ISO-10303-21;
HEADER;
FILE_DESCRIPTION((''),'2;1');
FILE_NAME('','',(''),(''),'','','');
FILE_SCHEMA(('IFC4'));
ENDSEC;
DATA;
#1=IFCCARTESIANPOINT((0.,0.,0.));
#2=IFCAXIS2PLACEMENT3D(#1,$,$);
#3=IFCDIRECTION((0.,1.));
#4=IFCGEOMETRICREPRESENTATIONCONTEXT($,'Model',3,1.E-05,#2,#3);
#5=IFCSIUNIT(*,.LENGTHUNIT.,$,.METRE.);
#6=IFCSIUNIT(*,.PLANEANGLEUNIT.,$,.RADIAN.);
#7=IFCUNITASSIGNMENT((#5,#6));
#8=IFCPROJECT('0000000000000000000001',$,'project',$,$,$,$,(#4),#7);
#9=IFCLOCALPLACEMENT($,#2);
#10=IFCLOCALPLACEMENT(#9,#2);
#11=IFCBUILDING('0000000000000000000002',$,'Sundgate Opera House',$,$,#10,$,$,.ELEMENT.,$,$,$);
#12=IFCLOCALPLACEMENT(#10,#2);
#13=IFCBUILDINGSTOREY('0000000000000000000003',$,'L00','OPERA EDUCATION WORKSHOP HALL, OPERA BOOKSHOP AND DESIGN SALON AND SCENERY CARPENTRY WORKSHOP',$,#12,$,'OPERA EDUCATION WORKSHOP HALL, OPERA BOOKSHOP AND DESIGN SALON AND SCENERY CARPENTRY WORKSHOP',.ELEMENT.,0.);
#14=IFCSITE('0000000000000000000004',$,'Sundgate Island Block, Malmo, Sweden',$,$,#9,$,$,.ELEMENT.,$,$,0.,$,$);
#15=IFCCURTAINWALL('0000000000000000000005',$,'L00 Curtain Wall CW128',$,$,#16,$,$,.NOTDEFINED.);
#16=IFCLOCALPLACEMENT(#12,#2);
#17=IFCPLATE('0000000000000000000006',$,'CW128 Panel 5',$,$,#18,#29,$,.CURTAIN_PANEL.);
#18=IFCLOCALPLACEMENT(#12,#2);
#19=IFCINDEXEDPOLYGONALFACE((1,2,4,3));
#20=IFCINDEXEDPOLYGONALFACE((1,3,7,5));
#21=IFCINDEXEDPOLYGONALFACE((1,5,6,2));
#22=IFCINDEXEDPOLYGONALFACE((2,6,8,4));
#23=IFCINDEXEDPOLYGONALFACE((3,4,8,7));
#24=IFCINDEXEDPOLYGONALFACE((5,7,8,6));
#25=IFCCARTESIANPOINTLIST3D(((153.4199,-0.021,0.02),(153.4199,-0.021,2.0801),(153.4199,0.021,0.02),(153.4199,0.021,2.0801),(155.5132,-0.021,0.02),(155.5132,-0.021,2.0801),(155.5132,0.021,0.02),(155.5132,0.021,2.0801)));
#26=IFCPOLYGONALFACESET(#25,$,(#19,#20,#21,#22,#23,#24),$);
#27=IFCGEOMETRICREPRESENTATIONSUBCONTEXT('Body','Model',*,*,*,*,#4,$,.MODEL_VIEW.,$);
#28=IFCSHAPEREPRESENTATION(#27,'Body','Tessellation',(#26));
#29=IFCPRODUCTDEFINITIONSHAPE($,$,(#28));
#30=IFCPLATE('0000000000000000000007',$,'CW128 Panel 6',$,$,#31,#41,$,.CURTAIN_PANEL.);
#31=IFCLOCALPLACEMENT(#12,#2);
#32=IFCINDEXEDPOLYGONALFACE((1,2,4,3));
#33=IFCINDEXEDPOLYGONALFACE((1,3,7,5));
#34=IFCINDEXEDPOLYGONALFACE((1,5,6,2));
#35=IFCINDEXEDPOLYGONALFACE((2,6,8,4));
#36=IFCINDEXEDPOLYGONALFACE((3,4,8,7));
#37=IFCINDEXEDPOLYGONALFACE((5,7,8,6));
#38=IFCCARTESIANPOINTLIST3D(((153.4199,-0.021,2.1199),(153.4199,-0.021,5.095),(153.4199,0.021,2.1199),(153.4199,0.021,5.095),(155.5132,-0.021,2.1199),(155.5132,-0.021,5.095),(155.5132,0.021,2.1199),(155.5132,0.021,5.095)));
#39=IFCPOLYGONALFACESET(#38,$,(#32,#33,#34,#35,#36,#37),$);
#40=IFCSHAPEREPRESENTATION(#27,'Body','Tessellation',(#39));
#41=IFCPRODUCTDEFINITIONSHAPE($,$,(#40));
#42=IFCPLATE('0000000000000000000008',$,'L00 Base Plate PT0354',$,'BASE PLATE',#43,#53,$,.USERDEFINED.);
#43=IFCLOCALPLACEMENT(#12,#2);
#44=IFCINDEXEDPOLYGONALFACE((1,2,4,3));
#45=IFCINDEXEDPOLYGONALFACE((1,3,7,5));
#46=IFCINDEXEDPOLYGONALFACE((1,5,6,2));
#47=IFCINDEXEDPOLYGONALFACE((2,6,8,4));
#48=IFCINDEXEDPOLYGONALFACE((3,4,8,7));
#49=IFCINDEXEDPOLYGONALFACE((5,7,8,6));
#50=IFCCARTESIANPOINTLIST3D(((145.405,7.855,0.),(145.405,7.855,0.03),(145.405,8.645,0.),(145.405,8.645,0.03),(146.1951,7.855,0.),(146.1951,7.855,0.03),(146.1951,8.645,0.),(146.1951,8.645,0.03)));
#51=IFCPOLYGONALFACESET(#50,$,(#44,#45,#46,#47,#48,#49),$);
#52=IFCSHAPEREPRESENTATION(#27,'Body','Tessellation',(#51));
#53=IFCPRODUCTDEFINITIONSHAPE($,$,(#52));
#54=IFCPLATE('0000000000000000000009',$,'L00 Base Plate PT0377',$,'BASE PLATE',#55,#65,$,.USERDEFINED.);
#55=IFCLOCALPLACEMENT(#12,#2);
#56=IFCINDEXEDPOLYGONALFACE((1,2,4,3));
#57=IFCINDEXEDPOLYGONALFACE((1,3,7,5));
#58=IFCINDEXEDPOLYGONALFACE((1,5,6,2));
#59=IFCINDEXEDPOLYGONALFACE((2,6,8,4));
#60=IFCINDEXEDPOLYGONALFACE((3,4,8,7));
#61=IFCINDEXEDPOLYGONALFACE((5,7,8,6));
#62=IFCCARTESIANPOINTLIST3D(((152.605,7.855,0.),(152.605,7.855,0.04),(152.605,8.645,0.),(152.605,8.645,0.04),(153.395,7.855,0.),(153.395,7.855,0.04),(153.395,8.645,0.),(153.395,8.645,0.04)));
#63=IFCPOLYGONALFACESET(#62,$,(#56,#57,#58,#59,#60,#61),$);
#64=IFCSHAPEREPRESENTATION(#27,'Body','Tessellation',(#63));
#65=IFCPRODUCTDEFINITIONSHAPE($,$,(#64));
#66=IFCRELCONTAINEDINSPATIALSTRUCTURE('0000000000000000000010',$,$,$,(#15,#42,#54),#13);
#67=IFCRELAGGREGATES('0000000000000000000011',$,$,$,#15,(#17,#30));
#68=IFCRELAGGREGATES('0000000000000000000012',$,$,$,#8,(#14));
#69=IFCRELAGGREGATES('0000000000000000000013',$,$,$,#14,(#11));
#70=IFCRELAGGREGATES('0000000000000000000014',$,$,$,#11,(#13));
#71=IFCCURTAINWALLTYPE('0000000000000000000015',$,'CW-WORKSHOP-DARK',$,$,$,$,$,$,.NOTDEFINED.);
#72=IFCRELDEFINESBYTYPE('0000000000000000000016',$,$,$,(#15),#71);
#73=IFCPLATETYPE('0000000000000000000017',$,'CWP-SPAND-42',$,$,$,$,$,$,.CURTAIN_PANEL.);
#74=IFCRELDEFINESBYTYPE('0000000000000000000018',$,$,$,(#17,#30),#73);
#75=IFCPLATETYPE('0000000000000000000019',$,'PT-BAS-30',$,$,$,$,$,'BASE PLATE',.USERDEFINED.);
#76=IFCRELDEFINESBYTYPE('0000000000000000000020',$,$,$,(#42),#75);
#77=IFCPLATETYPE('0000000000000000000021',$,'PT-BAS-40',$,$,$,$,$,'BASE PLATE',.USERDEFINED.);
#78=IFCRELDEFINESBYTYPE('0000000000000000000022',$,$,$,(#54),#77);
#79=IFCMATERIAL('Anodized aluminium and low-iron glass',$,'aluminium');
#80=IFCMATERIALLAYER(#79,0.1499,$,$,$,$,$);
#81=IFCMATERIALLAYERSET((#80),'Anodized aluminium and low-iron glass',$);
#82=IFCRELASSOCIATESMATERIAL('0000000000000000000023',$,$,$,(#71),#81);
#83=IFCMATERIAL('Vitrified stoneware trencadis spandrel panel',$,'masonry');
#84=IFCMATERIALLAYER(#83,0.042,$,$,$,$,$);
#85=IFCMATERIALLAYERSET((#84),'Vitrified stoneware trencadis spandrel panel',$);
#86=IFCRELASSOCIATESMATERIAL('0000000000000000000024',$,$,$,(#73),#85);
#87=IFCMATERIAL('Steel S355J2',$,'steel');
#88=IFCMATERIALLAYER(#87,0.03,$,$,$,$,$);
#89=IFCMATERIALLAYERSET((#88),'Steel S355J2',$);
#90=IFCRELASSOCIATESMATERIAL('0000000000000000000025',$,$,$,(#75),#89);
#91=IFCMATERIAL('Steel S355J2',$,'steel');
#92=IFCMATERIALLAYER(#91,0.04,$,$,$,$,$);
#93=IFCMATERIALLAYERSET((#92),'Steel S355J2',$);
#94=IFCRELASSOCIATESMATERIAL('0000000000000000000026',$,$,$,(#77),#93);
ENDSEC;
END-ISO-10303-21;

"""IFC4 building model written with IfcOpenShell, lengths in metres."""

from ifc_helpers import new_model, si_unit, direction, frame, origin, origin_2d, place, context, subcontext, project, spatial, rectangle, extrude, material, layer, layer_set, type_object, element, aggregate, save


model = new_model("IFC4")

# Units and contexts
model_context = context("Model", 3, precision=1e-05, world=origin(), true_north=direction((0.0, 1.0)))
body_context = subcontext(model_context, "Body", "Model", "MODEL_VIEW")
ifc_project = project(units=[si_unit("LENGTHUNIT", "METRE"), si_unit("PLANEANGLEUNIT", "RADIAN")], contexts=[model_context])

# Site, building, storey
site_placement = place(None, origin())
site = spatial("IfcSite", under=ifc_project, at=site_placement, Name="Sundgate Island Block, Malmo, Sweden", CompositionType="ELEMENT", RefElevation=0.0)
building_placement = place(site_placement, origin())
building = spatial("IfcBuilding", under=site, at=building_placement, Name="Sundgate Opera House", CompositionType="ELEMENT")
storey_placement = place(building_placement, origin())
storey = spatial("IfcBuildingStorey", under=building, at=storey_placement, Name="L00", Description="OPERA EDUCATION WORKSHOP HALL, OPERA BOOKSHOP AND DESIGN SALON AND SCENERY CARPENTRY WORKSHOP", LongName="OPERA EDUCATION WORKSHOP HALL, OPERA BOOKSHOP AND DESIGN SALON AND SCENERY CARPENTRY WORKSHOP", CompositionType="ELEMENT", Elevation=0.0)

# Curtain wall, plates
ifc_material_1 = material(Name="Anodized aluminium and low-iron glass", Category="aluminium")
ifc_layer_1 = layer(ifc_material_1, 0.1499)
ifc_layer_set_1 = layer_set([ifc_layer_1], Name="Anodized aluminium and low-iron glass")
curtain_wall_type = type_object("IfcCurtainWallType", Name="CW-WORKSHOP-DARK", PredefinedType="NOTDEFINED", material=ifc_layer_set_1)
curtain_wall_placement = place(storey_placement, origin())
curtain_wall = element("IfcCurtainWall", 1, at=curtain_wall_placement, inside=storey, type_object=curtain_wall_type, Name="L00 Curtain Wall CW128", PredefinedType="NOTDEFINED")
ifc_material_2 = material(Name="Vitrified stoneware trencadis spandrel panel", Category="masonry")
ifc_layer_2 = layer(ifc_material_2, 0.042)
ifc_layer_set_2 = layer_set([ifc_layer_2], Name="Vitrified stoneware trencadis spandrel panel")
plate_type_1 = type_object("IfcPlateType", Name="CWP-SPAND-42", PredefinedType="CURTAIN_PANEL", material=ifc_layer_set_2)
plate_1_placement = place(storey_placement, frame((154.4666, 0.0, 0.02), z_axis=(0.0, 0.0, 1.0), x_axis=(-1.0, 0.0, 0.0)))
plate_1 = element("IfcPlate", 2, at=plate_1_placement, type_object=plate_type_1, Name="CW128 Panel 5", PredefinedType="CURTAIN_PANEL", context=body_context, shape_type="SweptSolid", body=[
    extrude(rectangle(XDim=2.0933, YDim=0.042, at=origin_2d()), origin(), (0.0, 0.0, 1.0), 2.0601),
])
plate_2_placement = place(storey_placement, frame((154.4666, 0.0, 2.1199), z_axis=(0.0, 0.0, 1.0), x_axis=(-1.0, 0.0, 0.0)))
plate_2 = element("IfcPlate", 3, at=plate_2_placement, type_object=plate_type_1, Name="CW128 Panel 6", PredefinedType="CURTAIN_PANEL", context=body_context, shape_type="SweptSolid", body=[
    extrude(rectangle(XDim=2.0933, YDim=0.042, at=origin_2d()), origin(), (0.0, 0.0, 1.0), 2.9751),
])
aggregate(curtain_wall, [plate_1, plate_2])

# Plates
ifc_material_3 = material(Name="Steel S355J2", Category="steel")
ifc_layer_3 = layer(ifc_material_3, 0.03)
ifc_layer_set_3 = layer_set([ifc_layer_3], Name="Steel S355J2")
plate_type_2 = type_object("IfcPlateType", Name="PT-BAS-30", ElementType="BASE PLATE", PredefinedType="USERDEFINED", material=ifc_layer_set_3)
plate_3_placement = place(storey_placement, frame((145.8, 8.25, 0.0), z_axis=(0.0, 0.0, 1.0), x_axis=(1.0, 0.0, 0.0)))
element("IfcPlate", 4, at=plate_3_placement, inside=storey, type_object=plate_type_2, Name="L00 Base Plate PT0354", ObjectType="BASE PLATE", PredefinedType="USERDEFINED", context=body_context, shape_type="SweptSolid", body=[
    extrude(rectangle(XDim=0.79, YDim=0.79, at=origin_2d()), origin(), (0.0, 0.0, 1.0), 0.03),
])
ifc_material_4 = material(Name="Steel S355J2", Category="steel")
ifc_layer_4 = layer(ifc_material_4, 0.04)
ifc_layer_set_4 = layer_set([ifc_layer_4], Name="Steel S355J2")
plate_type_3 = type_object("IfcPlateType", Name="PT-BAS-40", ElementType="BASE PLATE", PredefinedType="USERDEFINED", material=ifc_layer_set_4)
plate_4_placement = place(storey_placement, frame((153.0, 8.25, 0.0), z_axis=(0.0, 0.0, 1.0), x_axis=(1.0, 0.0, 0.0)))
element("IfcPlate", 5, at=plate_4_placement, inside=storey, type_object=plate_type_3, Name="L00 Base Plate PT0377", ObjectType="BASE PLATE", PredefinedType="USERDEFINED", context=body_context, shape_type="SweptSolid", body=[
    extrude(rectangle(XDim=0.79, YDim=0.79, at=origin_2d()), origin(), (0.0, 0.0, 1.0), 0.04),
])

save(model, "model.ifc")
